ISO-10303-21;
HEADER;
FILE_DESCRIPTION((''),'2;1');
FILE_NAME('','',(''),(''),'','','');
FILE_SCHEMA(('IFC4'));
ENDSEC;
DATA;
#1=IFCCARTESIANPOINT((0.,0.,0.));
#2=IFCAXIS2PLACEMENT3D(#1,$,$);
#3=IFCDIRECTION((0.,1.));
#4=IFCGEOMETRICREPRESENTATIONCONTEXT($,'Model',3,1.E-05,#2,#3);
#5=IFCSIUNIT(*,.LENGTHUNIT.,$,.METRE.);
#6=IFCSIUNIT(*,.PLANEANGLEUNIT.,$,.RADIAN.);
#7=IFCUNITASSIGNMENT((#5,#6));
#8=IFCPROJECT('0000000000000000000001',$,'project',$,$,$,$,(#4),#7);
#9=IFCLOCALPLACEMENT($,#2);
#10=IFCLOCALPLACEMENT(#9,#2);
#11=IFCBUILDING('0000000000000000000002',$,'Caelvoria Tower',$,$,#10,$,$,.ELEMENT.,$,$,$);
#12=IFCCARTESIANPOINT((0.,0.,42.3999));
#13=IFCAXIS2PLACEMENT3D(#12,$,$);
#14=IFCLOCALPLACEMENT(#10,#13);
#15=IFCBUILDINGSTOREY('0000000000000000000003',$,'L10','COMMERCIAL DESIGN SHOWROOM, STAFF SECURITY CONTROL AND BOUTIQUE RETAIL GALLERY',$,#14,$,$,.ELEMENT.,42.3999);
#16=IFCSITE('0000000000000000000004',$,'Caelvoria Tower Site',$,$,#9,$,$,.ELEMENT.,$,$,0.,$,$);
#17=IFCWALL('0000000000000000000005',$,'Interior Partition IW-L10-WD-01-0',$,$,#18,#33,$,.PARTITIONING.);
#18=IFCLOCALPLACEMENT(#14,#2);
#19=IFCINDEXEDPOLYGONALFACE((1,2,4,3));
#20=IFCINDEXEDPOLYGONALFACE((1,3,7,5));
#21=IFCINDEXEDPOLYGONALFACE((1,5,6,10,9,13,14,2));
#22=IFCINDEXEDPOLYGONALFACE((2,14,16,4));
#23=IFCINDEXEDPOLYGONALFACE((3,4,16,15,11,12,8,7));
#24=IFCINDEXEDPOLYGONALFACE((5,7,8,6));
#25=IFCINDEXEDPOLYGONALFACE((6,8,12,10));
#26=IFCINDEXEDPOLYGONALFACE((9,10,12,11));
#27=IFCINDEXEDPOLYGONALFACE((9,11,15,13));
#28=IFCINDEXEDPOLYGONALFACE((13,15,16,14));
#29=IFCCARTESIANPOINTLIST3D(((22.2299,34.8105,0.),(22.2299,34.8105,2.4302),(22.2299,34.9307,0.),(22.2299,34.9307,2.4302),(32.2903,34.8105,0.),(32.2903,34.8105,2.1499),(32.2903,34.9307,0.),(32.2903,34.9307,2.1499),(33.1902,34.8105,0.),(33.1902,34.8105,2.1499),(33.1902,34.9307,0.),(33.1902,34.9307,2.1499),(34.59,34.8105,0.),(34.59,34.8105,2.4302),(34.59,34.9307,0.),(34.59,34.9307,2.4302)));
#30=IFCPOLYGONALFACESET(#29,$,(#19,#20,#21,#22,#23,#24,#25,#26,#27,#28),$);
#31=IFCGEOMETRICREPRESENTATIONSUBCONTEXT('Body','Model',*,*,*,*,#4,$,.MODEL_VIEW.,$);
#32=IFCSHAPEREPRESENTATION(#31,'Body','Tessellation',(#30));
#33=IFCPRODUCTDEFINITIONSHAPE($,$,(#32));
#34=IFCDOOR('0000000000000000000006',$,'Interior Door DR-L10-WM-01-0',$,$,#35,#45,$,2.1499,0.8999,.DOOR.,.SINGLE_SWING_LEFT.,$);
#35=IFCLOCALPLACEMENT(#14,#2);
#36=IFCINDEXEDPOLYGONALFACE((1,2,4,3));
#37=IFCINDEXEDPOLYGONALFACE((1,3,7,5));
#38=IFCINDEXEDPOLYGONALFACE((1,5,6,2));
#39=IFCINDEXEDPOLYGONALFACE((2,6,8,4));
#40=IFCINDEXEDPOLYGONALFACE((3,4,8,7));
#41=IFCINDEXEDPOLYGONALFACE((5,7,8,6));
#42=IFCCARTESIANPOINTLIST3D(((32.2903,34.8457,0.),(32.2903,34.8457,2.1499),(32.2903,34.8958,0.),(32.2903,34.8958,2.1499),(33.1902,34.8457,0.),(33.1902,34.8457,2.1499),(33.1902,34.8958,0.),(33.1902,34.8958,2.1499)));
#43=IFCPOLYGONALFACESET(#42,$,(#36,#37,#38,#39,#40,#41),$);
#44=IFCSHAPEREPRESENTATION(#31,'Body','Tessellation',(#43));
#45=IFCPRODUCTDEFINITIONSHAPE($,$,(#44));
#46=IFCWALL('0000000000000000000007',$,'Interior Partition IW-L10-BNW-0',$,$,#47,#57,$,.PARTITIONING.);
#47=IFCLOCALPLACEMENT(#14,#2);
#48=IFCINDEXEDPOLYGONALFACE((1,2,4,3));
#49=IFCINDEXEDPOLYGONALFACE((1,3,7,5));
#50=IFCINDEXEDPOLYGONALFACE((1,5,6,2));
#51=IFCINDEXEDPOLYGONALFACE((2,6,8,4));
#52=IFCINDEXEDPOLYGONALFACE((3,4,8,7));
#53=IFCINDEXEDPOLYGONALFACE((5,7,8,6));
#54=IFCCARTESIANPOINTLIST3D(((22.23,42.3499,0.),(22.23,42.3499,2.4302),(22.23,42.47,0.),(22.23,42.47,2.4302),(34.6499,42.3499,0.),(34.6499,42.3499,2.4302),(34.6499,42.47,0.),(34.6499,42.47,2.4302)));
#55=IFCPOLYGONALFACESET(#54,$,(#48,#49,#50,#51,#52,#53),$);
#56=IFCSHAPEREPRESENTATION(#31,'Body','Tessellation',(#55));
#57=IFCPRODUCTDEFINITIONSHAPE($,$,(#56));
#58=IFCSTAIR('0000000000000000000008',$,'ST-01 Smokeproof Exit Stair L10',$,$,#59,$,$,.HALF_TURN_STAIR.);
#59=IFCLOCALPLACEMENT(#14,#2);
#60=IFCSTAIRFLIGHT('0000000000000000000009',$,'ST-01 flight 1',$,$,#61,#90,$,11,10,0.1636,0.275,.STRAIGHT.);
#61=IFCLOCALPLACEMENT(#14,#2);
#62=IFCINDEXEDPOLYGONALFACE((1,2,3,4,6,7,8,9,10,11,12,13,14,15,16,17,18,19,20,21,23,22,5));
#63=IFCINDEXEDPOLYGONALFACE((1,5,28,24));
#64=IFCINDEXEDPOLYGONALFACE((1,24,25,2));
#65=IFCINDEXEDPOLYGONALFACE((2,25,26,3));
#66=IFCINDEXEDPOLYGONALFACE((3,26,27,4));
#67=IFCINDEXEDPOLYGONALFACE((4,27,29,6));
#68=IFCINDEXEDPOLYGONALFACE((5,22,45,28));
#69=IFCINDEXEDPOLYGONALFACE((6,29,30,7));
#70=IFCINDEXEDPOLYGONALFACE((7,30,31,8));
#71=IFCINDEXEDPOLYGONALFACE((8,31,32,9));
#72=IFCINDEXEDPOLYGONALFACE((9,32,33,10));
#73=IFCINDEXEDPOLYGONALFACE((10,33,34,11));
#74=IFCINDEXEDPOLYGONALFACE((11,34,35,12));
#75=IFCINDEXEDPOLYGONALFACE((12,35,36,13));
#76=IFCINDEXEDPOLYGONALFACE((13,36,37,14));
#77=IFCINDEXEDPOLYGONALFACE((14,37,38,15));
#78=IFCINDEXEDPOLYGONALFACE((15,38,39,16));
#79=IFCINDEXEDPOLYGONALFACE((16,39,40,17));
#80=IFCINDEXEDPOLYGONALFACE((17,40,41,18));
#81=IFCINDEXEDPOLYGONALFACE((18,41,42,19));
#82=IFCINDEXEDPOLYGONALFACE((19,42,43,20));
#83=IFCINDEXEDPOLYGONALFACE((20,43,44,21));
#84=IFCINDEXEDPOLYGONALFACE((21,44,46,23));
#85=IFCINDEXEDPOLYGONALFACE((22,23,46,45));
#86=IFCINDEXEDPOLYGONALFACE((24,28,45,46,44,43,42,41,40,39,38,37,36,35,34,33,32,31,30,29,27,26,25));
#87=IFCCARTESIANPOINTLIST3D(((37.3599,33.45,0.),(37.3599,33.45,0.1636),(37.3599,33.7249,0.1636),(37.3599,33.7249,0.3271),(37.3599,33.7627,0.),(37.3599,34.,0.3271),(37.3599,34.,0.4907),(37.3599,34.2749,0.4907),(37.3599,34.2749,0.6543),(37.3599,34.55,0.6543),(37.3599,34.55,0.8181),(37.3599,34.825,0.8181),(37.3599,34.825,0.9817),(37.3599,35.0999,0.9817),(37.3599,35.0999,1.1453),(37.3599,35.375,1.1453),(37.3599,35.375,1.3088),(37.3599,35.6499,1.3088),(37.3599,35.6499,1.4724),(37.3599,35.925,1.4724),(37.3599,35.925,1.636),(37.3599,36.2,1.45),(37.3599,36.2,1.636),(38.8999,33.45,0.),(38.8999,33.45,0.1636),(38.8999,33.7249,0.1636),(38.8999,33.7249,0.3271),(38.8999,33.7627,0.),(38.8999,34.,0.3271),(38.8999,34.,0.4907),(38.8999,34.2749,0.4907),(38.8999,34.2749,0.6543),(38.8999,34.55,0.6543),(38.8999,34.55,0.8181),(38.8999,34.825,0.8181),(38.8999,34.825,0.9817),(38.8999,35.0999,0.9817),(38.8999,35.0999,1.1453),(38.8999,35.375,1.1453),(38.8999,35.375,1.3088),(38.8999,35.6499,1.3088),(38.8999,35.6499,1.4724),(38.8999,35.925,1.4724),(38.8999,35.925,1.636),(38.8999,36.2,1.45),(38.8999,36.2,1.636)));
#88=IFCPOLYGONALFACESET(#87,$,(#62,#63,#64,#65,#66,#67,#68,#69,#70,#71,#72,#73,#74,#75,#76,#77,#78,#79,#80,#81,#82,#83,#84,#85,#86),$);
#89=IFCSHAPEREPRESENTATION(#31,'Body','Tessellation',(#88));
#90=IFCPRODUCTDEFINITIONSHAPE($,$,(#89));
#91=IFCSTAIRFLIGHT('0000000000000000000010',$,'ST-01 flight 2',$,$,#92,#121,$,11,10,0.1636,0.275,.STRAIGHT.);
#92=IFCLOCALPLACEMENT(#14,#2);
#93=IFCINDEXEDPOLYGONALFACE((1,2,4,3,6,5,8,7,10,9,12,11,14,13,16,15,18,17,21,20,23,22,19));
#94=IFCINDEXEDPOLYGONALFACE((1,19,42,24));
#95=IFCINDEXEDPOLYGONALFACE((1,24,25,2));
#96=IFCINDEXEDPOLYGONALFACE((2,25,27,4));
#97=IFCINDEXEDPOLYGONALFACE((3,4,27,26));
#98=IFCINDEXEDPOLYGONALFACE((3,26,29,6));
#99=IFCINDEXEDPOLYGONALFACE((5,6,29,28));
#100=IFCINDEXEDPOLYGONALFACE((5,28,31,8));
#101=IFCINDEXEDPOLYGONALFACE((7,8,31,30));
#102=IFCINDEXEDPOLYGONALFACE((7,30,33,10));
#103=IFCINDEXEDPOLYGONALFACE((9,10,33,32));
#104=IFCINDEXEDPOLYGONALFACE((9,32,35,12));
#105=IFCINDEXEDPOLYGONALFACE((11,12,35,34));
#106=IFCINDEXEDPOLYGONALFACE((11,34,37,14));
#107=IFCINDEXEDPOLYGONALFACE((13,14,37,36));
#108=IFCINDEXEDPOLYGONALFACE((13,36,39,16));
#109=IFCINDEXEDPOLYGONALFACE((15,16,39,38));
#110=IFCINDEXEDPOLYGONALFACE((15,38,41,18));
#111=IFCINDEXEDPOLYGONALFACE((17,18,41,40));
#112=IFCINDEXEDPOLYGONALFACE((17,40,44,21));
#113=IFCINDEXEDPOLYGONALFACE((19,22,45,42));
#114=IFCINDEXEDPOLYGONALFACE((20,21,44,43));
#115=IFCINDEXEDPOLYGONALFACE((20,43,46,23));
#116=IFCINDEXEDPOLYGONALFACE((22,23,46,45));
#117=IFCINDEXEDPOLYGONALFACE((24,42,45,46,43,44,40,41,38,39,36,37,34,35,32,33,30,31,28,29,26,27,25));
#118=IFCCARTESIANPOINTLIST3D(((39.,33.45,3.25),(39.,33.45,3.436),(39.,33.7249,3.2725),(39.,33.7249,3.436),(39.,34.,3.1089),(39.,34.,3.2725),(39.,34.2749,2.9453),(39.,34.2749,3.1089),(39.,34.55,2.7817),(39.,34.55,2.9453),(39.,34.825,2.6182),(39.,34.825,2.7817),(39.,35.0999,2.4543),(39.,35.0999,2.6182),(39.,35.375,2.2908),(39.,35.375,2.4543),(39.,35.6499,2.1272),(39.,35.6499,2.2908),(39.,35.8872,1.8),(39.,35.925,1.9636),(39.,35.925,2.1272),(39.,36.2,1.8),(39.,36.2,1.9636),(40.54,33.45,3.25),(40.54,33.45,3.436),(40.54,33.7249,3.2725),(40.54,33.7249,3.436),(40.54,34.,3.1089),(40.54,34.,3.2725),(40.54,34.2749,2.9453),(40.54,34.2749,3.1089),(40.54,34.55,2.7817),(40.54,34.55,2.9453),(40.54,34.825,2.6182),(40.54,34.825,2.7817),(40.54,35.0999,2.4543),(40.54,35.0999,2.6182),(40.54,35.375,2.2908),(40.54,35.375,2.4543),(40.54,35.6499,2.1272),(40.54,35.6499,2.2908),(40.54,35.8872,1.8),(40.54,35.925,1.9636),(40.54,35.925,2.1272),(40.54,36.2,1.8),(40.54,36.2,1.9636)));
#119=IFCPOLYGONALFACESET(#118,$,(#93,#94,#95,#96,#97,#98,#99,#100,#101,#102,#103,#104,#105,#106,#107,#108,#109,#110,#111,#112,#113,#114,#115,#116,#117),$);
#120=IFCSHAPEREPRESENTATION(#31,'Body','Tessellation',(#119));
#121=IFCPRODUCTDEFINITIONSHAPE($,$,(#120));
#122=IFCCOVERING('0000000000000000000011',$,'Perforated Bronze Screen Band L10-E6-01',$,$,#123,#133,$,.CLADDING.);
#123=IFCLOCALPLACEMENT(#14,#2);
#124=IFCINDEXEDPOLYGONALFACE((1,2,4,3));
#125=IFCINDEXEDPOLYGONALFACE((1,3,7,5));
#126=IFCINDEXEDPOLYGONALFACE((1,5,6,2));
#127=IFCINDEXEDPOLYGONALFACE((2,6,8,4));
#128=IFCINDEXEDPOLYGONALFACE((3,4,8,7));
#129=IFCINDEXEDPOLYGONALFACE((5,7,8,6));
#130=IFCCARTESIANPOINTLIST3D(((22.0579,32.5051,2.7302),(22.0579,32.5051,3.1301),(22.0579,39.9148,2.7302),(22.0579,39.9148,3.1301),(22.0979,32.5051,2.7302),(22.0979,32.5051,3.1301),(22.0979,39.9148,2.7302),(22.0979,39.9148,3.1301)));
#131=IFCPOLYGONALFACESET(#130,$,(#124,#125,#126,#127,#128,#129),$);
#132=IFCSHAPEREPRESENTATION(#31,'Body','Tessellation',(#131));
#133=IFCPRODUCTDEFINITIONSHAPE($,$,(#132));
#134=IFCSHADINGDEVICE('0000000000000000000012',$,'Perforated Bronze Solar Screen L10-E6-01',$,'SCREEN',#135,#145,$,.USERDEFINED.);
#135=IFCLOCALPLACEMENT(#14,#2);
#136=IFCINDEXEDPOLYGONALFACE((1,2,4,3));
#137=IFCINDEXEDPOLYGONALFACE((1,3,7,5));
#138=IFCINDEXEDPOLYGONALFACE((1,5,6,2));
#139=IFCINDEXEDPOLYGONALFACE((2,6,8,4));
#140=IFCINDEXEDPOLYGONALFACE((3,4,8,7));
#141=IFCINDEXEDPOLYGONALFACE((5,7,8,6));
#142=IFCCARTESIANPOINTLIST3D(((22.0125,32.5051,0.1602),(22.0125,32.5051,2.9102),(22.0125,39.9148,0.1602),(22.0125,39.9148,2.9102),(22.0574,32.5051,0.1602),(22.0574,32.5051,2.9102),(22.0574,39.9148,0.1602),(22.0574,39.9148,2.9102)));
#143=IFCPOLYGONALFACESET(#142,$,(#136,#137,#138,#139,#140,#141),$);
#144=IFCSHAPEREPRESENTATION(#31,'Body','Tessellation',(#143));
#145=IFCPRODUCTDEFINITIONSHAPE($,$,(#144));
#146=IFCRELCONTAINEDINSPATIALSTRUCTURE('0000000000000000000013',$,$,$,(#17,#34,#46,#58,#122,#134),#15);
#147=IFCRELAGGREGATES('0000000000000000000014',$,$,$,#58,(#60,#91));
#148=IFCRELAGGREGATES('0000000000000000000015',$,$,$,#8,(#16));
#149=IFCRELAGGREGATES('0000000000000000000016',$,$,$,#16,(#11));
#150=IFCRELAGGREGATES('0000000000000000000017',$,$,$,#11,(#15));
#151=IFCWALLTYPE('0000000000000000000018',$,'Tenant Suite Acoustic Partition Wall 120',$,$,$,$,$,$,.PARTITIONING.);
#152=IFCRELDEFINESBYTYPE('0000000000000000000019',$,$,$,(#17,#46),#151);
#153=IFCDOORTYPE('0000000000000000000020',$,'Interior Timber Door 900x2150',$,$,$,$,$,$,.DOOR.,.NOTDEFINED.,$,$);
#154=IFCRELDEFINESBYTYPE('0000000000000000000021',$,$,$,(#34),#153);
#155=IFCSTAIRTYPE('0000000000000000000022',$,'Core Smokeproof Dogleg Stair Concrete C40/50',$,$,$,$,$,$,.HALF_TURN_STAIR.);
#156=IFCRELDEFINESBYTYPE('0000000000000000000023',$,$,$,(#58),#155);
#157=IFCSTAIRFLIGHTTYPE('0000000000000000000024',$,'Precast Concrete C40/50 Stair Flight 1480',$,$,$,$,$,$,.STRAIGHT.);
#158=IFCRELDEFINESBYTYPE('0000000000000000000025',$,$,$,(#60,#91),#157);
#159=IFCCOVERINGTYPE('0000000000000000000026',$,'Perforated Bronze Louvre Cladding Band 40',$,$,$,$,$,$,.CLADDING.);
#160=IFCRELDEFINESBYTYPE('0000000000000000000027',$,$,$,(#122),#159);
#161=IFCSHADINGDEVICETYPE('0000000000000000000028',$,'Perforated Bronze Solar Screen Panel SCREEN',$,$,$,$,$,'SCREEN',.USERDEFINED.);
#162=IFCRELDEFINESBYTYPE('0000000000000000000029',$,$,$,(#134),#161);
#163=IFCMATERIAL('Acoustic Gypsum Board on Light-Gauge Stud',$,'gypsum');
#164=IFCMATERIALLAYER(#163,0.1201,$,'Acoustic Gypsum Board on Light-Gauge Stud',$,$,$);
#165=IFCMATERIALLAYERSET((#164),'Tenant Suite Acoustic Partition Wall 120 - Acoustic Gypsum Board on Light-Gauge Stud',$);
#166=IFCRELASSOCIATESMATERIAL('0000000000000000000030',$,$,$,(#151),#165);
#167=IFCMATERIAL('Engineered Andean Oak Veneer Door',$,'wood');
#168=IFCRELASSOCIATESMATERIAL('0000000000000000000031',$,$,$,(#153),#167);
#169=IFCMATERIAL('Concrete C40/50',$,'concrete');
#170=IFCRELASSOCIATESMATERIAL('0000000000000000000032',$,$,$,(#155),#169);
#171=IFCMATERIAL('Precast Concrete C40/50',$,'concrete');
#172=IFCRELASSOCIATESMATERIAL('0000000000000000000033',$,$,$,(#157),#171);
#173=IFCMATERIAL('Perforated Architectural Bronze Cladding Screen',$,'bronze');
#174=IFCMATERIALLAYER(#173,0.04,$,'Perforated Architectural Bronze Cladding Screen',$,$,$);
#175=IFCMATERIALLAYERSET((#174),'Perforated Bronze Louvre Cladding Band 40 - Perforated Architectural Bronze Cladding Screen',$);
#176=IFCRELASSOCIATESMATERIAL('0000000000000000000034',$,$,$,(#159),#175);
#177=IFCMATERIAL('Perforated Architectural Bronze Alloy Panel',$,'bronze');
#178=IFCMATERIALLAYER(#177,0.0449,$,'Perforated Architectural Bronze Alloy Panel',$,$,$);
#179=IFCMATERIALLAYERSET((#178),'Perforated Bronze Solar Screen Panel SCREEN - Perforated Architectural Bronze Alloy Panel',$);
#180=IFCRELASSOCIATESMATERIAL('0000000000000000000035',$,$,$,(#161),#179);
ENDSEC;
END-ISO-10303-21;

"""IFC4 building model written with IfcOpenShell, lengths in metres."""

from ifc_helpers import new_model, si_unit, direction, frame, frame_2d, origin, origin_2d, place, context, subcontext, project, spatial, polyline, rectangle, outline, extrude, material, layer, layer_set, type_object, element, fill, aggregate, save


model = new_model("IFC4")

# Units and contexts
model_context = context("Model", 3, precision=1e-05, world=origin(), true_north=direction((0.0, 1.0)))
body_context = subcontext(model_context, "Body", "Model", "MODEL_VIEW")
ifc_project = project(units=[si_unit("LENGTHUNIT", "METRE"), si_unit("PLANEANGLEUNIT", "RADIAN")], contexts=[model_context])

# Site, building, storey
site_placement = place(None, origin())
site = spatial("IfcSite", under=ifc_project, at=site_placement, Name="Caelvoria Tower Site", CompositionType="ELEMENT", RefElevation=0.0)
building_placement = place(site_placement, origin())
building = spatial("IfcBuilding", under=site, at=building_placement, Name="Caelvoria Tower", CompositionType="ELEMENT")
storey_placement = place(building_placement, frame((0.0, 0.0, 42.3999)))
storey = spatial("IfcBuildingStorey", under=building, at=storey_placement, Name="L10", Description="COMMERCIAL DESIGN SHOWROOM, STAFF SECURITY CONTROL AND BOUTIQUE RETAIL GALLERY", CompositionType="ELEMENT", Elevation=42.3999)

# Wall, opening, door
ifc_material_1 = material(Name="Acoustic Gypsum Board on Light-Gauge Stud", Category="gypsum")
ifc_layer_1 = layer(ifc_material_1, 0.1201, Name="Acoustic Gypsum Board on Light-Gauge Stud")
ifc_layer_set_1 = layer_set([ifc_layer_1], Name="Tenant Suite Acoustic Partition Wall 120 - Acoustic Gypsum Board on Light-Gauge Stud")
wall_type_1 = type_object("IfcWallType", Name="Tenant Suite Acoustic Partition Wall 120", PredefinedType="PARTITIONING", material=ifc_layer_set_1)
ifc_material_2 = material(Name="Engineered Andean Oak Veneer Door", Category="wood")
door_type_1 = type_object("IfcDoorType", Name="Interior Timber Door 900x2150", OperationType="NOTDEFINED", PredefinedType="DOOR", material=ifc_material_2)
wall_1_placement = place(storey_placement, frame((34.5901, 34.8706, 0.0), z_axis=(0.0, 0.0, 1.0), x_axis=(-1.0, 0.0, 0.0)))
wall_1 = element("IfcWall", 1, at=wall_1_placement, inside=storey, type_object=wall_type_1, Name="Interior Partition IW-L10-WD-01-0", PredefinedType="PARTITIONING", context=body_context, shape_type="SweptSolid", body=[
    extrude(rectangle(XDim=12.3601, YDim=0.1201, at=frame_2d((6.1802, 0.0))), origin(), (0.0, 0.0, 1.0), 2.4302),
])
opening_1_placement = place(wall_1_placement, frame((1.3999, 0.0, 0.0)))
opening_1 = element("IfcOpeningElement", 2, at=opening_1_placement, cuts=wall_1, PredefinedType="OPENING", context=body_context, shape_type="SweptSolid", body=[
    extrude(rectangle(XDim=0.8999, YDim=2.1499, at=frame_2d((0.45, 1.075))), frame((0.0, 0.0701, 0.0), z_axis=(0.0, -1.0, 0.0), x_axis=(1.0, 0.0, 0.0)), (0.0, 0.0, 1.0), 0.1401),
])
door_1_placement = place(opening_1_placement, origin())
door_1 = element("IfcDoor", 3, at=door_1_placement, inside=storey, type_object=door_type_1, Name="Interior Door DR-L10-WM-01-0", OperationType="SINGLE_SWING_LEFT", OverallHeight=2.1499, OverallWidth=0.8999, PredefinedType="DOOR", context=body_context, shape_type="SweptSolid", body=[
    extrude(rectangle(XDim=0.8999, YDim=2.1499, at=frame_2d((0.45, 1.075))), frame((0.0, 0.0249, 0.0), z_axis=(0.0, -1.0, 0.0), x_axis=(1.0, 0.0, 0.0)), (0.0, 0.0, 1.0), 0.05),
])
fill(opening_1, door_1)

# Wall
wall_2_placement = place(storey_placement, frame((34.6499, 42.4099, 0.0), z_axis=(0.0, 0.0, 1.0), x_axis=(-1.0, 0.0, 0.0)))
element("IfcWall", 4, at=wall_2_placement, inside=storey, type_object=wall_type_1, Name="Interior Partition IW-L10-BNW-0", PredefinedType="PARTITIONING", context=body_context, shape_type="SweptSolid", body=[
    extrude(rectangle(XDim=12.4199, YDim=0.1201, at=frame_2d((6.21, 0.0))), origin(), (0.0, 0.0, 1.0), 2.4302),
])

# Stair, stair flights
ifc_material_3 = material(Name="Concrete C40/50", Category="concrete")
stair_type = type_object("IfcStairType", Name="Core Smokeproof Dogleg Stair Concrete C40/50", PredefinedType="HALF_TURN_STAIR", material=ifc_material_3)
stair_placement = place(storey_placement, origin())
stair = element("IfcStair", 5, at=stair_placement, inside=storey, type_object=stair_type, Name="ST-01 Smokeproof Exit Stair L10", PredefinedType="HALF_TURN_STAIR")
ifc_material_4 = material(Name="Precast Concrete C40/50", Category="concrete")
stair_flight_type = type_object("IfcStairFlightType", Name="Precast Concrete C40/50 Stair Flight 1480", PredefinedType="STRAIGHT", material=ifc_material_4)
stair_flight_1_placement = place(storey_placement, frame((38.1299, 33.45, 0.0), z_axis=(0.0, 0.0, 1.0), x_axis=(0.0, 1.0, 0.0)))
stair_flight_1 = element("IfcStairFlight", 6, at=stair_flight_1_placement, type_object=stair_flight_type, Name="ST-01 flight 1", NumberOfRisers=11, NumberOfTreads=10, PredefinedType="STRAIGHT", RiserHeight=0.1636, TreadLength=0.275, context=body_context, shape_type="SweptSolid", body=[
    extrude(outline(polyline([(0.0, 0.0), (0.0, 0.1636), (0.2749, 0.1636), (0.2749, 0.3271), (0.55, 0.3271), (0.55, 0.4907), (0.825, 0.4907), (0.825, 0.6543), (1.1001, 0.6543), (1.1001, 0.8181), (1.375, 0.8181), (1.375, 0.9817), (1.6499, 0.9817), (1.6499, 1.1453), (1.925, 1.1453), (1.925, 1.3088), (2.2, 1.3088), (2.2, 1.4724), (2.4751, 1.4724), (2.4751, 1.636), (2.75, 1.636), (2.75, 1.7996), (2.75, 1.45), (0.3127, 0.0), (0.0, 0.0)])), frame((0.0, 0.77, 0.0), z_axis=(0.0, -1.0, 0.0), x_axis=(1.0, 0.0, 0.0)), (0.0, 0.0, 1.0), 1.54),
])
stair_flight_2_placement = place(storey_placement, frame((39.77, 36.2, 1.8), z_axis=(0.0, 0.0, 1.0), x_axis=(0.0, -1.0, 0.0)))
stair_flight_2 = element("IfcStairFlight", 7, at=stair_flight_2_placement, type_object=stair_flight_type, Name="ST-01 flight 2", NumberOfRisers=11, NumberOfTreads=10, PredefinedType="STRAIGHT", RiserHeight=0.1636, TreadLength=0.275, context=body_context, shape_type="SweptSolid", body=[
    extrude(outline(polyline([(0.0, 0.0), (0.0, 0.1636), (0.2749, 0.1636), (0.2749, 0.3271), (0.55, 0.3271), (0.55, 0.4907), (0.825, 0.4907), (0.825, 0.6543), (1.1001, 0.6543), (1.1001, 0.8181), (1.375, 0.8181), (1.375, 0.9817), (1.6499, 0.9817), (1.6499, 1.1453), (1.925, 1.1453), (1.925, 1.3088), (2.2, 1.3088), (2.2, 1.4724), (2.4751, 1.4724), (2.4751, 1.636), (2.75, 1.636), (2.75, 1.7996), (2.75, 1.45), (0.3127, 0.0), (0.0, 0.0)])), frame((0.0, 0.77, 0.0), z_axis=(0.0, -1.0, 0.0), x_axis=(1.0, 0.0, 0.0)), (0.0, 0.0, 1.0), 1.54),
])
aggregate(stair, [stair_flight_1, stair_flight_2])

# Covering
ifc_material_5 = material(Name="Perforated Architectural Bronze Cladding Screen", Category="bronze")
ifc_layer_2 = layer(ifc_material_5, 0.04, Name="Perforated Architectural Bronze Cladding Screen")
ifc_layer_set_2 = layer_set([ifc_layer_2], Name="Perforated Bronze Louvre Cladding Band 40 - Perforated Architectural Bronze Cladding Screen")
covering_type = type_object("IfcCoveringType", Name="Perforated Bronze Louvre Cladding Band 40", PredefinedType="CLADDING", material=ifc_layer_set_2)
covering_placement = place(storey_placement, frame((22.0779, 36.21, 2.7302), z_axis=(0.0, 0.0, 1.0), x_axis=(0.0, -1.0, 0.0)))
element("IfcCovering", 8, at=covering_placement, inside=storey, type_object=covering_type, Name="Perforated Bronze Screen Band L10-E6-01", PredefinedType="CLADDING", context=body_context, shape_type="SweptSolid", body=[
    extrude(rectangle(XDim=7.4097, YDim=0.04, at=origin_2d()), origin(), (0.0, 0.0, 1.0), 0.3999),
])

# Shading device
ifc_material_6 = material(Name="Perforated Architectural Bronze Alloy Panel", Category="bronze")
ifc_layer_3 = layer(ifc_material_6, 0.0449, Name="Perforated Architectural Bronze Alloy Panel")
ifc_layer_set_3 = layer_set([ifc_layer_3], Name="Perforated Bronze Solar Screen Panel SCREEN - Perforated Architectural Bronze Alloy Panel")
shading_device_type = type_object("IfcShadingDeviceType", Name="Perforated Bronze Solar Screen Panel SCREEN", ElementType="SCREEN", PredefinedType="USERDEFINED", material=ifc_layer_set_3)
shading_device_placement = place(storey_placement, frame((22.0349, 36.21, 0.1602), z_axis=(0.0, 0.0, 1.0), x_axis=(0.0, -1.0, 0.0)))
element("IfcShadingDevice", 9, at=shading_device_placement, inside=storey, type_object=shading_device_type, Name="Perforated Bronze Solar Screen L10-E6-01", ObjectType="SCREEN", PredefinedType="USERDEFINED", context=body_context, shape_type="SweptSolid", body=[
    extrude(rectangle(XDim=7.4097, YDim=0.0449, at=origin_2d()), origin(), (0.0, 0.0, 1.0), 2.75),
])

save(model, "model.ifc")
